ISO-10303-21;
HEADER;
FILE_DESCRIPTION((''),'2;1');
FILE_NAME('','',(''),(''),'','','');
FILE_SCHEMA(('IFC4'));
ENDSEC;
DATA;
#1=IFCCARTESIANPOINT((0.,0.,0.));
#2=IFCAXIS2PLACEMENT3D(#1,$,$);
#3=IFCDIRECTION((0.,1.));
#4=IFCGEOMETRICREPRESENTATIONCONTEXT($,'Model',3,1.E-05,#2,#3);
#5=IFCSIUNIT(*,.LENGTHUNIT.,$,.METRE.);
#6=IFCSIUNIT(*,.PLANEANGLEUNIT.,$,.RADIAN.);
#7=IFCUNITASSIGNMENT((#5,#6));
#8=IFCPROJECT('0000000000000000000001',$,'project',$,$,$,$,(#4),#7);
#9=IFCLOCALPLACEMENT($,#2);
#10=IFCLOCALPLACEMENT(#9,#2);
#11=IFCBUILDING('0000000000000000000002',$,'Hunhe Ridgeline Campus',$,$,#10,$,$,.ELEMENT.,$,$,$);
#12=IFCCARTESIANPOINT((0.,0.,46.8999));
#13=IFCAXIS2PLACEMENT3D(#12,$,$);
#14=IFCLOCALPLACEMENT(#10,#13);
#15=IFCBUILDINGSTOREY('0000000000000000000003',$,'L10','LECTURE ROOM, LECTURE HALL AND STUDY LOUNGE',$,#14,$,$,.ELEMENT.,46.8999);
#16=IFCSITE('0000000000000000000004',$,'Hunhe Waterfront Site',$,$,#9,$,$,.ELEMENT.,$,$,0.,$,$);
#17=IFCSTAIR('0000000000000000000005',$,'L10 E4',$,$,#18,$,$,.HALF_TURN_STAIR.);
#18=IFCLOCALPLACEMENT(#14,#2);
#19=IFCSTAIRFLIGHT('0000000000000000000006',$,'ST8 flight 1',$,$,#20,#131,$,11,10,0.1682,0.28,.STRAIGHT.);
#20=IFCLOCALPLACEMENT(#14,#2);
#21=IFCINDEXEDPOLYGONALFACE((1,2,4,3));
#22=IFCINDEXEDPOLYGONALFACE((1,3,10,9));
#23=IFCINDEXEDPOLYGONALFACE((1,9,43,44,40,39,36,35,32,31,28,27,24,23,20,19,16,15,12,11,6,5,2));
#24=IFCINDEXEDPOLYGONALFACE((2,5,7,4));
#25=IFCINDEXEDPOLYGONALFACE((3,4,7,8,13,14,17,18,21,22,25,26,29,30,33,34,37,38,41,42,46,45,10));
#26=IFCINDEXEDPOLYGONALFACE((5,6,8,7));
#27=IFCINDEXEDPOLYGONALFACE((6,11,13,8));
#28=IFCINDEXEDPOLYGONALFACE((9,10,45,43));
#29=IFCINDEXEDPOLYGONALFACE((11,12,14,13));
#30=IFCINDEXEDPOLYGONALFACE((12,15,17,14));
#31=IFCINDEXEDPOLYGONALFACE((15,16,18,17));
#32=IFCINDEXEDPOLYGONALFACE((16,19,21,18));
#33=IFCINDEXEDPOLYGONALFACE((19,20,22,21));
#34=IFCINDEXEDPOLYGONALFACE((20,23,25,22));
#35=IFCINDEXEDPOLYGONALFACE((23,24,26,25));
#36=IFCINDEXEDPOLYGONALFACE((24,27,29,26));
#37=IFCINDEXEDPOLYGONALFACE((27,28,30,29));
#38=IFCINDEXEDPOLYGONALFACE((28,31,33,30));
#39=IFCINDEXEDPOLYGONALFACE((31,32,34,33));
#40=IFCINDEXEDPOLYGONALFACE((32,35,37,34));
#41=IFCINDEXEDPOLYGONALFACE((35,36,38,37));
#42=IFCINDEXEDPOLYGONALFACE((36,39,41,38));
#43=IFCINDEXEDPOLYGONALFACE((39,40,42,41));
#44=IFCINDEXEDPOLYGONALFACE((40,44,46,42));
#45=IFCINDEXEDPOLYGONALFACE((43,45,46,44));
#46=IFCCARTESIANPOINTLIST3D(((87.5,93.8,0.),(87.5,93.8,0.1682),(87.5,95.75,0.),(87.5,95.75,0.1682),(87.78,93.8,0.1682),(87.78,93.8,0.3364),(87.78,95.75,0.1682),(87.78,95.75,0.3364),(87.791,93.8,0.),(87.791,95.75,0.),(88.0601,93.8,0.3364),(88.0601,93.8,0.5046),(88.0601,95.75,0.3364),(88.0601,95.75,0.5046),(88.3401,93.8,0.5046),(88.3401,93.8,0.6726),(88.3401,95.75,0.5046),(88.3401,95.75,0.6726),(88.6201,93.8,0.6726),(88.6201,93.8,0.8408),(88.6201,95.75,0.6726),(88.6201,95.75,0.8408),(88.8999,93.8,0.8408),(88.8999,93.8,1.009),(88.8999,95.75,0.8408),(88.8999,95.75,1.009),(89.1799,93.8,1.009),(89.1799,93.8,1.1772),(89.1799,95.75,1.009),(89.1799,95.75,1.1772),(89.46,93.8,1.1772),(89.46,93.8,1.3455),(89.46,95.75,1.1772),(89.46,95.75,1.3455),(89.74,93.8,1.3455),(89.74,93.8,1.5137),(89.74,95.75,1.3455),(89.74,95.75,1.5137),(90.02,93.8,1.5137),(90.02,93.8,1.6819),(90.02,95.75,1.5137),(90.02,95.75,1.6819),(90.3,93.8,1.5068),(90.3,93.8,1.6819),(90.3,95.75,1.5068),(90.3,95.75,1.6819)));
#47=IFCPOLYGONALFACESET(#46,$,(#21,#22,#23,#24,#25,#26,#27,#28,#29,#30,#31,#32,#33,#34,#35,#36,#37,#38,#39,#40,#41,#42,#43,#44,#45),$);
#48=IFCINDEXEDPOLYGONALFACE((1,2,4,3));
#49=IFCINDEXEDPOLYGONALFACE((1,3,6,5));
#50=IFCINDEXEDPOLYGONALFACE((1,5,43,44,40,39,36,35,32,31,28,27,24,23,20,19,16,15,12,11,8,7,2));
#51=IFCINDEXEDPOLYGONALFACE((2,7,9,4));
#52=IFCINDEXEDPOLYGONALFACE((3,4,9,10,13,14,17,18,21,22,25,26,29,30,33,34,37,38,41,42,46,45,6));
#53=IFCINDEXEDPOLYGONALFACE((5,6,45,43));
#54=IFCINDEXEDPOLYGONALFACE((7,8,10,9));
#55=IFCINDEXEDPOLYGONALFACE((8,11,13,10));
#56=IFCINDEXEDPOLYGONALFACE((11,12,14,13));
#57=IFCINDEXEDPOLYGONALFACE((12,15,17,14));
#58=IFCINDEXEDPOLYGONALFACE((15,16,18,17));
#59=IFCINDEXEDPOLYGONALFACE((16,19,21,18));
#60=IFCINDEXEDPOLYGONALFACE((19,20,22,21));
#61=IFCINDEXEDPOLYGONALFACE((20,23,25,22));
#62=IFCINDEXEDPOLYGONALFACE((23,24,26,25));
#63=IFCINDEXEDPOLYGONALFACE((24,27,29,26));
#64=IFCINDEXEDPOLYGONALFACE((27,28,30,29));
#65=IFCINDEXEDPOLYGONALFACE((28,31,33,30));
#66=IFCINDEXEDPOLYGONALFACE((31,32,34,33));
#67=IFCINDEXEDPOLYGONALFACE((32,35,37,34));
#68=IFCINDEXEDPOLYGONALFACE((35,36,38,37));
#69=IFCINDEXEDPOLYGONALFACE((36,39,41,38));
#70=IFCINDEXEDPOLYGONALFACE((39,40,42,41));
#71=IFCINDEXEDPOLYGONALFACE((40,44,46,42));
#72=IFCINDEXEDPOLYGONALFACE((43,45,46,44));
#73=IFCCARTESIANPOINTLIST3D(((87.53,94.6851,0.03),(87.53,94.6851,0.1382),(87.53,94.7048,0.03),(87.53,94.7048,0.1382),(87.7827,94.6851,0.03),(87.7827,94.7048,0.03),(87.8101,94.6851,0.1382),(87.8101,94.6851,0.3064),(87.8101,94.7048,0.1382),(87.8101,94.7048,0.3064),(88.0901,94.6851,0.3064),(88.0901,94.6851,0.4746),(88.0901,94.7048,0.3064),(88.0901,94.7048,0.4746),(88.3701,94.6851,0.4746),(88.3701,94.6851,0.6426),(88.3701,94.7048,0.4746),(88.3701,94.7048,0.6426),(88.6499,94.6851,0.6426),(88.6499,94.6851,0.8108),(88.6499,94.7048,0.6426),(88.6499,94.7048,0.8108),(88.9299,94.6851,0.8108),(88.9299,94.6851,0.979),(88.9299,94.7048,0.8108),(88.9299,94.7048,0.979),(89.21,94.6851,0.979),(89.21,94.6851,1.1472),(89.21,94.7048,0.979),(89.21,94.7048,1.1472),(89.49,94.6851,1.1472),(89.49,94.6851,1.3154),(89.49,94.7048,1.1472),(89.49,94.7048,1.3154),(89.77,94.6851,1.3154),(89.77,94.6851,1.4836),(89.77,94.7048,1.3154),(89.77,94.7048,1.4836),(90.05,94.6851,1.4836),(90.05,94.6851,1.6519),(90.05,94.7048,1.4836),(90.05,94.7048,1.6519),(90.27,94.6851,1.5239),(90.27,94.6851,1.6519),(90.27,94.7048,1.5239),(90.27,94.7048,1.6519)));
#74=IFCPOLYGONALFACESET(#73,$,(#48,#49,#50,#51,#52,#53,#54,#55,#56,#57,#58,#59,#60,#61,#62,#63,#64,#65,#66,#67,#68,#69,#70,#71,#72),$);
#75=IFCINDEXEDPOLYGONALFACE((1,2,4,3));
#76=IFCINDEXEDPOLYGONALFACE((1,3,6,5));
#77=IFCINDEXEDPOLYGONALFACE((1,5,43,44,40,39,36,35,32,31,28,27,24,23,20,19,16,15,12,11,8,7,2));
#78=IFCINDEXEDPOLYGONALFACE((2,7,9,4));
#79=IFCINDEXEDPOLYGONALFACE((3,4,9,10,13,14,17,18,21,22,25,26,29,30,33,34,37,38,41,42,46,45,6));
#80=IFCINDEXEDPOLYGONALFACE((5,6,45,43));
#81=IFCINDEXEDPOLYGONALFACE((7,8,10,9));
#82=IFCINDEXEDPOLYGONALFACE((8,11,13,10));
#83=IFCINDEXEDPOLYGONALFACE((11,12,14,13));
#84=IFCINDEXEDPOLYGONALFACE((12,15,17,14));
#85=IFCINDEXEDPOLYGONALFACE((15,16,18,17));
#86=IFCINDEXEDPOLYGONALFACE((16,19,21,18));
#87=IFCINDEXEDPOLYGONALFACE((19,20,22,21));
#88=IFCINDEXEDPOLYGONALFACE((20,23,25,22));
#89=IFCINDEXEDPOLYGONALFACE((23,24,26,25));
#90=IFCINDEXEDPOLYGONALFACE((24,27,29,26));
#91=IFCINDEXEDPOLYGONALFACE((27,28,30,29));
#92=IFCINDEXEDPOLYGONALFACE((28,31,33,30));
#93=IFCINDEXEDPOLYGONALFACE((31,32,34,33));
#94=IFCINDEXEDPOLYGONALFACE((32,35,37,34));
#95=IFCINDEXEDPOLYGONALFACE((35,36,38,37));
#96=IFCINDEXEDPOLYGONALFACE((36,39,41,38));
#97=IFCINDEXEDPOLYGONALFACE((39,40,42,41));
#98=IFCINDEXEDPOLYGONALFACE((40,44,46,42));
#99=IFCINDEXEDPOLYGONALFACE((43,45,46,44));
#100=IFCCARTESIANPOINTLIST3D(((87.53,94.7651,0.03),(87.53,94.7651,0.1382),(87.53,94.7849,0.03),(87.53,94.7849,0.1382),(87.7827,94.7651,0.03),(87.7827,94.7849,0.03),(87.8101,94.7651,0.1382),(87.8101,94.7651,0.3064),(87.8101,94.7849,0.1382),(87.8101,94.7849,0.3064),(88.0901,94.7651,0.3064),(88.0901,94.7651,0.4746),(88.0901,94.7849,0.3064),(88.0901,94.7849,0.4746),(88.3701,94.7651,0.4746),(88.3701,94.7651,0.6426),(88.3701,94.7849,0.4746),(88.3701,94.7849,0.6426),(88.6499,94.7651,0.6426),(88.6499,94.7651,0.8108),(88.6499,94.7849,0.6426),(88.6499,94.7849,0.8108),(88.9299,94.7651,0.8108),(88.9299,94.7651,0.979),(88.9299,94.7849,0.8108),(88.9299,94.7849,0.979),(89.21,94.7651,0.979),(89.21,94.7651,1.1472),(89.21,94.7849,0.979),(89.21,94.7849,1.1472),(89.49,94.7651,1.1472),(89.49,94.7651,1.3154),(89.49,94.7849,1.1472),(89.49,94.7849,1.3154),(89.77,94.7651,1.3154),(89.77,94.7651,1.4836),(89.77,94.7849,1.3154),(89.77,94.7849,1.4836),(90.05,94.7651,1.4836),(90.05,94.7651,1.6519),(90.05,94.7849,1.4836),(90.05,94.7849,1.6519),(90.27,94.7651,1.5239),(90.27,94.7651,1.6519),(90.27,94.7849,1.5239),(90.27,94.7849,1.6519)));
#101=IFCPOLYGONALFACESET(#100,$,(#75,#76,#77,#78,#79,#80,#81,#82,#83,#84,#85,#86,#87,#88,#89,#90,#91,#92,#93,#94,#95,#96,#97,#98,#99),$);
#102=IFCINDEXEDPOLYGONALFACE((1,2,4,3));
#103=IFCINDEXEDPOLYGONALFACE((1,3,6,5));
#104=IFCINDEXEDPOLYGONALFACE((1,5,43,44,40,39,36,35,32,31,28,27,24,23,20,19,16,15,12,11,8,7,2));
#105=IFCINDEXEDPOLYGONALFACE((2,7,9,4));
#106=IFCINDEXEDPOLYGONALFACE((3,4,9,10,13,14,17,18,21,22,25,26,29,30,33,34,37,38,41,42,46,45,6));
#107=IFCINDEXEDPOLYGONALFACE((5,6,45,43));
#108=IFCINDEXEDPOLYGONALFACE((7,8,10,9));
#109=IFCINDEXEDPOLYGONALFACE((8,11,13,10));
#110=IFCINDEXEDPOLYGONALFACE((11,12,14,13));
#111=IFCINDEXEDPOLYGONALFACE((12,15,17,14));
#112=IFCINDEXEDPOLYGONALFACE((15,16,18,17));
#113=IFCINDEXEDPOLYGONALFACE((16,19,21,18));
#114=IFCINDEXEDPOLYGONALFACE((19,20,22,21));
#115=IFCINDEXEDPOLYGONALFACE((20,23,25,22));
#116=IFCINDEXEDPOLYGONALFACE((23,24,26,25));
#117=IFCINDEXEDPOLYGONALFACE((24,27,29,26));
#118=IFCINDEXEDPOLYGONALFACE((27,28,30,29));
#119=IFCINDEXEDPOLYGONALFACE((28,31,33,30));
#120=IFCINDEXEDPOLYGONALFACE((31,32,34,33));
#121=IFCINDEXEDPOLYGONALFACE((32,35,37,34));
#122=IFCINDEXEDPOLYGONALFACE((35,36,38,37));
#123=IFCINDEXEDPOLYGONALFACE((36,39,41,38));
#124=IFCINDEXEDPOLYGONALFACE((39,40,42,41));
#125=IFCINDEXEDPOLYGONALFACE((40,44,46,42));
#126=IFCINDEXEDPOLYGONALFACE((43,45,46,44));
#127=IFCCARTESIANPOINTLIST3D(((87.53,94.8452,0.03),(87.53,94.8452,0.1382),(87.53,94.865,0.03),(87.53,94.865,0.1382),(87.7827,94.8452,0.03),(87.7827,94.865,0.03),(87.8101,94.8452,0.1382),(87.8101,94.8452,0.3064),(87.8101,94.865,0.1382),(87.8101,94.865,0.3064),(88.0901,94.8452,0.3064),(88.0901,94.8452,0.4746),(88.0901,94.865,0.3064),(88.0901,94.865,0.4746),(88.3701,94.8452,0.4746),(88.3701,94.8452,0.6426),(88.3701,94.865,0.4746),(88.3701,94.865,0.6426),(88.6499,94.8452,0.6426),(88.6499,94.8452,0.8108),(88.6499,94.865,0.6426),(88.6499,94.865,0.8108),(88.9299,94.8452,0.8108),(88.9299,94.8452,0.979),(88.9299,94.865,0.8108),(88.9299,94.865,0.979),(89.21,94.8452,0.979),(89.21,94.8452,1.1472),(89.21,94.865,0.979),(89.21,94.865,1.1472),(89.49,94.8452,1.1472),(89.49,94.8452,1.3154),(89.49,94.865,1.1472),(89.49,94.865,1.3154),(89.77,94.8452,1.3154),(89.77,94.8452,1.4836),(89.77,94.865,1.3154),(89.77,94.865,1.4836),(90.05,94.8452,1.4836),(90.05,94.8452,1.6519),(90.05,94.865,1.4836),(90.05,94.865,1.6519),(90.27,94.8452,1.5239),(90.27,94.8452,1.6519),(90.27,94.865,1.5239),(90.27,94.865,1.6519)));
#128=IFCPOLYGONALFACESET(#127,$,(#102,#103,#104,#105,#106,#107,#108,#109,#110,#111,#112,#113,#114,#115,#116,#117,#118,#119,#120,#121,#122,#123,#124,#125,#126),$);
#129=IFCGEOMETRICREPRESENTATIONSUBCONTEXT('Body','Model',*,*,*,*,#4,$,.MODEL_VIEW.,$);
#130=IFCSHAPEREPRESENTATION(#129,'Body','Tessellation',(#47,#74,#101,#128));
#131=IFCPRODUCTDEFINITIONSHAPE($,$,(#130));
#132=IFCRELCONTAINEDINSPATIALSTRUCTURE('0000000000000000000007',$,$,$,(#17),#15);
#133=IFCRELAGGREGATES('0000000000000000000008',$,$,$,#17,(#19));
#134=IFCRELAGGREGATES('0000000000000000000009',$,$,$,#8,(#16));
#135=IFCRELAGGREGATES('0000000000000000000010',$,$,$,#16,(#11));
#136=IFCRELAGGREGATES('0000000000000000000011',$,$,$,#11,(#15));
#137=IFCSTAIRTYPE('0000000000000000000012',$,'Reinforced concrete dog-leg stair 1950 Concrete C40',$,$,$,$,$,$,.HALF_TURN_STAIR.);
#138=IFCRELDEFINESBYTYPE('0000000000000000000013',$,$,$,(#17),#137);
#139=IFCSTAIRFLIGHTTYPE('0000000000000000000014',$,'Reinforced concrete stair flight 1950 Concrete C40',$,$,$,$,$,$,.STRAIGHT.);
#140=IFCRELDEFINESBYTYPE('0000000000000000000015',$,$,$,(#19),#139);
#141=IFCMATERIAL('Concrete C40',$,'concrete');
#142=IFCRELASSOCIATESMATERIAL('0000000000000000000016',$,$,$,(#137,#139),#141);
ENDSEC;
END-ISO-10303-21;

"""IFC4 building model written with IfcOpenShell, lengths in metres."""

from ifc_helpers import new_model, si_unit, direction, frame, origin, place, context, subcontext, project, spatial, polyline, outline, extrude, material, type_object, element, aggregate, save


model = new_model("IFC4")

# Units and contexts
model_context = context("Model", 3, precision=1e-05, world=origin(), true_north=direction((0.0, 1.0)))
body_context = subcontext(model_context, "Body", "Model", "MODEL_VIEW")
ifc_project = project(units=[si_unit("LENGTHUNIT", "METRE"), si_unit("PLANEANGLEUNIT", "RADIAN")], contexts=[model_context])

# Site, building, storey
site_placement = place(None, origin())
site = spatial("IfcSite", under=ifc_project, at=site_placement, Name="Hunhe Waterfront Site", CompositionType="ELEMENT", RefElevation=0.0)
building_placement = place(site_placement, origin())
building = spatial("IfcBuilding", under=site, at=building_placement, Name="Hunhe Ridgeline Campus", CompositionType="ELEMENT")
storey_placement = place(building_placement, frame((0.0, 0.0, 46.8999)))
storey = spatial("IfcBuildingStorey", under=building, at=storey_placement, Name="L10", Description="LECTURE ROOM, LECTURE HALL AND STUDY LOUNGE", CompositionType="ELEMENT", Elevation=46.8999)

# Stair, stair flight
ifc_material_1 = material(Name="Concrete C40", Category="concrete")
stair_type = type_object("IfcStairType", Name="Reinforced concrete dog-leg stair 1950 Concrete C40", PredefinedType="HALF_TURN_STAIR", material=ifc_material_1)
stair_placement = place(storey_placement, origin())
stair = element("IfcStair", 1, at=stair_placement, inside=storey, type_object=stair_type, Name="L10 E4", PredefinedType="HALF_TURN_STAIR")
stair_flight_type = type_object("IfcStairFlightType", Name="Reinforced concrete stair flight 1950 Concrete C40", PredefinedType="STRAIGHT", material=ifc_material_1)
stair_flight_1_placement = place(storey_placement, frame((87.5, 94.7749, 0.0), z_axis=(0.0, 0.0, 1.0), x_axis=(1.0, 0.0, 0.0)))
stair_flight_1 = element("IfcStairFlight", 2, at=stair_flight_1_placement, type_object=stair_flight_type, Name="ST8 flight 1", NumberOfRisers=11, NumberOfTreads=10, PredefinedType="STRAIGHT", RiserHeight=0.1682, TreadLength=0.28, context=body_context, shape_type="SweptSolid", body=[
    extrude(outline(polyline([(0.0, 0.0), (0.0, 0.1682), (0.28, 0.1682), (0.28, 0.3364), (0.5601, 0.3364), (0.5601, 0.5046), (0.8401, 0.5046), (0.8401, 0.6726), (1.1201, 0.6726), (1.1201, 0.8408), (1.3999, 0.8408), (1.3999, 1.009), (1.6799, 1.009), (1.6799, 1.1772), (1.96, 1.1772), (1.96, 1.3455), (2.24, 1.3455), (2.24, 1.5137), (2.52, 1.5137), (2.52, 1.6819), (2.8, 1.6819), (2.8, 1.8501), (2.8, 1.5068), (0.291, 0.0), (0.0, 0.0)])), frame((0.0, 0.9751, 0.0), z_axis=(0.0, -1.0, 0.0), x_axis=(1.0, 0.0, 0.0)), (0.0, 0.0, 1.0), 1.95),
    extrude(outline(polyline([(0.03, 0.03), (0.03, 0.1382), (0.3101, 0.1382), (0.3101, 0.3064), (0.5901, 0.3064), (0.5901, 0.4746), (0.8701, 0.4746), (0.8701, 0.6426), (1.1499, 0.6426), (1.1499, 0.8108), (1.4299, 0.8108), (1.4299, 0.979), (1.71, 0.979), (1.71, 1.1472), (1.99, 1.1472), (1.99, 1.3154), (2.27, 1.3154), (2.27, 1.4836), (2.55, 1.4836), (2.55, 1.6519), (2.77, 1.6519), (2.77, 1.5239), (0.2827, 0.03), (0.03, 0.03)])), frame((0.0, -0.0701, 0.0), z_axis=(0.0, -1.0, 0.0), x_axis=(1.0, 0.0, 0.0)), (0.0, 0.0, 1.0), 0.0198),
    extrude(outline(polyline([(0.03, 0.03), (0.03, 0.1382), (0.3101, 0.1382), (0.3101, 0.3064), (0.5901, 0.3064), (0.5901, 0.4746), (0.8701, 0.4746), (0.8701, 0.6426), (1.1499, 0.6426), (1.1499, 0.8108), (1.4299, 0.8108), (1.4299, 0.979), (1.71, 0.979), (1.71, 1.1472), (1.99, 1.1472), (1.99, 1.3154), (2.27, 1.3154), (2.27, 1.4836), (2.55, 1.4836), (2.55, 1.6519), (2.77, 1.6519), (2.77, 1.5239), (0.2827, 0.03), (0.03, 0.03)])), frame((0.0, 0.01, 0.0), z_axis=(0.0, -1.0, 0.0), x_axis=(1.0, 0.0, 0.0)), (0.0, 0.0, 1.0), 0.0198),
    extrude(outline(polyline([(0.03, 0.03), (0.03, 0.1382), (0.3101, 0.1382), (0.3101, 0.3064), (0.5901, 0.3064), (0.5901, 0.4746), (0.8701, 0.4746), (0.8701, 0.6426), (1.1499, 0.6426), (1.1499, 0.8108), (1.4299, 0.8108), (1.4299, 0.979), (1.71, 0.979), (1.71, 1.1472), (1.99, 1.1472), (1.99, 1.3154), (2.27, 1.3154), (2.27, 1.4836), (2.55, 1.4836), (2.55, 1.6519), (2.77, 1.6519), (2.77, 1.5239), (0.2827, 0.03), (0.03, 0.03)])), frame((0.0, 0.0901, 0.0), z_axis=(0.0, -1.0, 0.0), x_axis=(1.0, 0.0, 0.0)), (0.0, 0.0, 1.0), 0.0198),
])
aggregate(stair, [stair_flight_1])

save(model, "model.ifc")
